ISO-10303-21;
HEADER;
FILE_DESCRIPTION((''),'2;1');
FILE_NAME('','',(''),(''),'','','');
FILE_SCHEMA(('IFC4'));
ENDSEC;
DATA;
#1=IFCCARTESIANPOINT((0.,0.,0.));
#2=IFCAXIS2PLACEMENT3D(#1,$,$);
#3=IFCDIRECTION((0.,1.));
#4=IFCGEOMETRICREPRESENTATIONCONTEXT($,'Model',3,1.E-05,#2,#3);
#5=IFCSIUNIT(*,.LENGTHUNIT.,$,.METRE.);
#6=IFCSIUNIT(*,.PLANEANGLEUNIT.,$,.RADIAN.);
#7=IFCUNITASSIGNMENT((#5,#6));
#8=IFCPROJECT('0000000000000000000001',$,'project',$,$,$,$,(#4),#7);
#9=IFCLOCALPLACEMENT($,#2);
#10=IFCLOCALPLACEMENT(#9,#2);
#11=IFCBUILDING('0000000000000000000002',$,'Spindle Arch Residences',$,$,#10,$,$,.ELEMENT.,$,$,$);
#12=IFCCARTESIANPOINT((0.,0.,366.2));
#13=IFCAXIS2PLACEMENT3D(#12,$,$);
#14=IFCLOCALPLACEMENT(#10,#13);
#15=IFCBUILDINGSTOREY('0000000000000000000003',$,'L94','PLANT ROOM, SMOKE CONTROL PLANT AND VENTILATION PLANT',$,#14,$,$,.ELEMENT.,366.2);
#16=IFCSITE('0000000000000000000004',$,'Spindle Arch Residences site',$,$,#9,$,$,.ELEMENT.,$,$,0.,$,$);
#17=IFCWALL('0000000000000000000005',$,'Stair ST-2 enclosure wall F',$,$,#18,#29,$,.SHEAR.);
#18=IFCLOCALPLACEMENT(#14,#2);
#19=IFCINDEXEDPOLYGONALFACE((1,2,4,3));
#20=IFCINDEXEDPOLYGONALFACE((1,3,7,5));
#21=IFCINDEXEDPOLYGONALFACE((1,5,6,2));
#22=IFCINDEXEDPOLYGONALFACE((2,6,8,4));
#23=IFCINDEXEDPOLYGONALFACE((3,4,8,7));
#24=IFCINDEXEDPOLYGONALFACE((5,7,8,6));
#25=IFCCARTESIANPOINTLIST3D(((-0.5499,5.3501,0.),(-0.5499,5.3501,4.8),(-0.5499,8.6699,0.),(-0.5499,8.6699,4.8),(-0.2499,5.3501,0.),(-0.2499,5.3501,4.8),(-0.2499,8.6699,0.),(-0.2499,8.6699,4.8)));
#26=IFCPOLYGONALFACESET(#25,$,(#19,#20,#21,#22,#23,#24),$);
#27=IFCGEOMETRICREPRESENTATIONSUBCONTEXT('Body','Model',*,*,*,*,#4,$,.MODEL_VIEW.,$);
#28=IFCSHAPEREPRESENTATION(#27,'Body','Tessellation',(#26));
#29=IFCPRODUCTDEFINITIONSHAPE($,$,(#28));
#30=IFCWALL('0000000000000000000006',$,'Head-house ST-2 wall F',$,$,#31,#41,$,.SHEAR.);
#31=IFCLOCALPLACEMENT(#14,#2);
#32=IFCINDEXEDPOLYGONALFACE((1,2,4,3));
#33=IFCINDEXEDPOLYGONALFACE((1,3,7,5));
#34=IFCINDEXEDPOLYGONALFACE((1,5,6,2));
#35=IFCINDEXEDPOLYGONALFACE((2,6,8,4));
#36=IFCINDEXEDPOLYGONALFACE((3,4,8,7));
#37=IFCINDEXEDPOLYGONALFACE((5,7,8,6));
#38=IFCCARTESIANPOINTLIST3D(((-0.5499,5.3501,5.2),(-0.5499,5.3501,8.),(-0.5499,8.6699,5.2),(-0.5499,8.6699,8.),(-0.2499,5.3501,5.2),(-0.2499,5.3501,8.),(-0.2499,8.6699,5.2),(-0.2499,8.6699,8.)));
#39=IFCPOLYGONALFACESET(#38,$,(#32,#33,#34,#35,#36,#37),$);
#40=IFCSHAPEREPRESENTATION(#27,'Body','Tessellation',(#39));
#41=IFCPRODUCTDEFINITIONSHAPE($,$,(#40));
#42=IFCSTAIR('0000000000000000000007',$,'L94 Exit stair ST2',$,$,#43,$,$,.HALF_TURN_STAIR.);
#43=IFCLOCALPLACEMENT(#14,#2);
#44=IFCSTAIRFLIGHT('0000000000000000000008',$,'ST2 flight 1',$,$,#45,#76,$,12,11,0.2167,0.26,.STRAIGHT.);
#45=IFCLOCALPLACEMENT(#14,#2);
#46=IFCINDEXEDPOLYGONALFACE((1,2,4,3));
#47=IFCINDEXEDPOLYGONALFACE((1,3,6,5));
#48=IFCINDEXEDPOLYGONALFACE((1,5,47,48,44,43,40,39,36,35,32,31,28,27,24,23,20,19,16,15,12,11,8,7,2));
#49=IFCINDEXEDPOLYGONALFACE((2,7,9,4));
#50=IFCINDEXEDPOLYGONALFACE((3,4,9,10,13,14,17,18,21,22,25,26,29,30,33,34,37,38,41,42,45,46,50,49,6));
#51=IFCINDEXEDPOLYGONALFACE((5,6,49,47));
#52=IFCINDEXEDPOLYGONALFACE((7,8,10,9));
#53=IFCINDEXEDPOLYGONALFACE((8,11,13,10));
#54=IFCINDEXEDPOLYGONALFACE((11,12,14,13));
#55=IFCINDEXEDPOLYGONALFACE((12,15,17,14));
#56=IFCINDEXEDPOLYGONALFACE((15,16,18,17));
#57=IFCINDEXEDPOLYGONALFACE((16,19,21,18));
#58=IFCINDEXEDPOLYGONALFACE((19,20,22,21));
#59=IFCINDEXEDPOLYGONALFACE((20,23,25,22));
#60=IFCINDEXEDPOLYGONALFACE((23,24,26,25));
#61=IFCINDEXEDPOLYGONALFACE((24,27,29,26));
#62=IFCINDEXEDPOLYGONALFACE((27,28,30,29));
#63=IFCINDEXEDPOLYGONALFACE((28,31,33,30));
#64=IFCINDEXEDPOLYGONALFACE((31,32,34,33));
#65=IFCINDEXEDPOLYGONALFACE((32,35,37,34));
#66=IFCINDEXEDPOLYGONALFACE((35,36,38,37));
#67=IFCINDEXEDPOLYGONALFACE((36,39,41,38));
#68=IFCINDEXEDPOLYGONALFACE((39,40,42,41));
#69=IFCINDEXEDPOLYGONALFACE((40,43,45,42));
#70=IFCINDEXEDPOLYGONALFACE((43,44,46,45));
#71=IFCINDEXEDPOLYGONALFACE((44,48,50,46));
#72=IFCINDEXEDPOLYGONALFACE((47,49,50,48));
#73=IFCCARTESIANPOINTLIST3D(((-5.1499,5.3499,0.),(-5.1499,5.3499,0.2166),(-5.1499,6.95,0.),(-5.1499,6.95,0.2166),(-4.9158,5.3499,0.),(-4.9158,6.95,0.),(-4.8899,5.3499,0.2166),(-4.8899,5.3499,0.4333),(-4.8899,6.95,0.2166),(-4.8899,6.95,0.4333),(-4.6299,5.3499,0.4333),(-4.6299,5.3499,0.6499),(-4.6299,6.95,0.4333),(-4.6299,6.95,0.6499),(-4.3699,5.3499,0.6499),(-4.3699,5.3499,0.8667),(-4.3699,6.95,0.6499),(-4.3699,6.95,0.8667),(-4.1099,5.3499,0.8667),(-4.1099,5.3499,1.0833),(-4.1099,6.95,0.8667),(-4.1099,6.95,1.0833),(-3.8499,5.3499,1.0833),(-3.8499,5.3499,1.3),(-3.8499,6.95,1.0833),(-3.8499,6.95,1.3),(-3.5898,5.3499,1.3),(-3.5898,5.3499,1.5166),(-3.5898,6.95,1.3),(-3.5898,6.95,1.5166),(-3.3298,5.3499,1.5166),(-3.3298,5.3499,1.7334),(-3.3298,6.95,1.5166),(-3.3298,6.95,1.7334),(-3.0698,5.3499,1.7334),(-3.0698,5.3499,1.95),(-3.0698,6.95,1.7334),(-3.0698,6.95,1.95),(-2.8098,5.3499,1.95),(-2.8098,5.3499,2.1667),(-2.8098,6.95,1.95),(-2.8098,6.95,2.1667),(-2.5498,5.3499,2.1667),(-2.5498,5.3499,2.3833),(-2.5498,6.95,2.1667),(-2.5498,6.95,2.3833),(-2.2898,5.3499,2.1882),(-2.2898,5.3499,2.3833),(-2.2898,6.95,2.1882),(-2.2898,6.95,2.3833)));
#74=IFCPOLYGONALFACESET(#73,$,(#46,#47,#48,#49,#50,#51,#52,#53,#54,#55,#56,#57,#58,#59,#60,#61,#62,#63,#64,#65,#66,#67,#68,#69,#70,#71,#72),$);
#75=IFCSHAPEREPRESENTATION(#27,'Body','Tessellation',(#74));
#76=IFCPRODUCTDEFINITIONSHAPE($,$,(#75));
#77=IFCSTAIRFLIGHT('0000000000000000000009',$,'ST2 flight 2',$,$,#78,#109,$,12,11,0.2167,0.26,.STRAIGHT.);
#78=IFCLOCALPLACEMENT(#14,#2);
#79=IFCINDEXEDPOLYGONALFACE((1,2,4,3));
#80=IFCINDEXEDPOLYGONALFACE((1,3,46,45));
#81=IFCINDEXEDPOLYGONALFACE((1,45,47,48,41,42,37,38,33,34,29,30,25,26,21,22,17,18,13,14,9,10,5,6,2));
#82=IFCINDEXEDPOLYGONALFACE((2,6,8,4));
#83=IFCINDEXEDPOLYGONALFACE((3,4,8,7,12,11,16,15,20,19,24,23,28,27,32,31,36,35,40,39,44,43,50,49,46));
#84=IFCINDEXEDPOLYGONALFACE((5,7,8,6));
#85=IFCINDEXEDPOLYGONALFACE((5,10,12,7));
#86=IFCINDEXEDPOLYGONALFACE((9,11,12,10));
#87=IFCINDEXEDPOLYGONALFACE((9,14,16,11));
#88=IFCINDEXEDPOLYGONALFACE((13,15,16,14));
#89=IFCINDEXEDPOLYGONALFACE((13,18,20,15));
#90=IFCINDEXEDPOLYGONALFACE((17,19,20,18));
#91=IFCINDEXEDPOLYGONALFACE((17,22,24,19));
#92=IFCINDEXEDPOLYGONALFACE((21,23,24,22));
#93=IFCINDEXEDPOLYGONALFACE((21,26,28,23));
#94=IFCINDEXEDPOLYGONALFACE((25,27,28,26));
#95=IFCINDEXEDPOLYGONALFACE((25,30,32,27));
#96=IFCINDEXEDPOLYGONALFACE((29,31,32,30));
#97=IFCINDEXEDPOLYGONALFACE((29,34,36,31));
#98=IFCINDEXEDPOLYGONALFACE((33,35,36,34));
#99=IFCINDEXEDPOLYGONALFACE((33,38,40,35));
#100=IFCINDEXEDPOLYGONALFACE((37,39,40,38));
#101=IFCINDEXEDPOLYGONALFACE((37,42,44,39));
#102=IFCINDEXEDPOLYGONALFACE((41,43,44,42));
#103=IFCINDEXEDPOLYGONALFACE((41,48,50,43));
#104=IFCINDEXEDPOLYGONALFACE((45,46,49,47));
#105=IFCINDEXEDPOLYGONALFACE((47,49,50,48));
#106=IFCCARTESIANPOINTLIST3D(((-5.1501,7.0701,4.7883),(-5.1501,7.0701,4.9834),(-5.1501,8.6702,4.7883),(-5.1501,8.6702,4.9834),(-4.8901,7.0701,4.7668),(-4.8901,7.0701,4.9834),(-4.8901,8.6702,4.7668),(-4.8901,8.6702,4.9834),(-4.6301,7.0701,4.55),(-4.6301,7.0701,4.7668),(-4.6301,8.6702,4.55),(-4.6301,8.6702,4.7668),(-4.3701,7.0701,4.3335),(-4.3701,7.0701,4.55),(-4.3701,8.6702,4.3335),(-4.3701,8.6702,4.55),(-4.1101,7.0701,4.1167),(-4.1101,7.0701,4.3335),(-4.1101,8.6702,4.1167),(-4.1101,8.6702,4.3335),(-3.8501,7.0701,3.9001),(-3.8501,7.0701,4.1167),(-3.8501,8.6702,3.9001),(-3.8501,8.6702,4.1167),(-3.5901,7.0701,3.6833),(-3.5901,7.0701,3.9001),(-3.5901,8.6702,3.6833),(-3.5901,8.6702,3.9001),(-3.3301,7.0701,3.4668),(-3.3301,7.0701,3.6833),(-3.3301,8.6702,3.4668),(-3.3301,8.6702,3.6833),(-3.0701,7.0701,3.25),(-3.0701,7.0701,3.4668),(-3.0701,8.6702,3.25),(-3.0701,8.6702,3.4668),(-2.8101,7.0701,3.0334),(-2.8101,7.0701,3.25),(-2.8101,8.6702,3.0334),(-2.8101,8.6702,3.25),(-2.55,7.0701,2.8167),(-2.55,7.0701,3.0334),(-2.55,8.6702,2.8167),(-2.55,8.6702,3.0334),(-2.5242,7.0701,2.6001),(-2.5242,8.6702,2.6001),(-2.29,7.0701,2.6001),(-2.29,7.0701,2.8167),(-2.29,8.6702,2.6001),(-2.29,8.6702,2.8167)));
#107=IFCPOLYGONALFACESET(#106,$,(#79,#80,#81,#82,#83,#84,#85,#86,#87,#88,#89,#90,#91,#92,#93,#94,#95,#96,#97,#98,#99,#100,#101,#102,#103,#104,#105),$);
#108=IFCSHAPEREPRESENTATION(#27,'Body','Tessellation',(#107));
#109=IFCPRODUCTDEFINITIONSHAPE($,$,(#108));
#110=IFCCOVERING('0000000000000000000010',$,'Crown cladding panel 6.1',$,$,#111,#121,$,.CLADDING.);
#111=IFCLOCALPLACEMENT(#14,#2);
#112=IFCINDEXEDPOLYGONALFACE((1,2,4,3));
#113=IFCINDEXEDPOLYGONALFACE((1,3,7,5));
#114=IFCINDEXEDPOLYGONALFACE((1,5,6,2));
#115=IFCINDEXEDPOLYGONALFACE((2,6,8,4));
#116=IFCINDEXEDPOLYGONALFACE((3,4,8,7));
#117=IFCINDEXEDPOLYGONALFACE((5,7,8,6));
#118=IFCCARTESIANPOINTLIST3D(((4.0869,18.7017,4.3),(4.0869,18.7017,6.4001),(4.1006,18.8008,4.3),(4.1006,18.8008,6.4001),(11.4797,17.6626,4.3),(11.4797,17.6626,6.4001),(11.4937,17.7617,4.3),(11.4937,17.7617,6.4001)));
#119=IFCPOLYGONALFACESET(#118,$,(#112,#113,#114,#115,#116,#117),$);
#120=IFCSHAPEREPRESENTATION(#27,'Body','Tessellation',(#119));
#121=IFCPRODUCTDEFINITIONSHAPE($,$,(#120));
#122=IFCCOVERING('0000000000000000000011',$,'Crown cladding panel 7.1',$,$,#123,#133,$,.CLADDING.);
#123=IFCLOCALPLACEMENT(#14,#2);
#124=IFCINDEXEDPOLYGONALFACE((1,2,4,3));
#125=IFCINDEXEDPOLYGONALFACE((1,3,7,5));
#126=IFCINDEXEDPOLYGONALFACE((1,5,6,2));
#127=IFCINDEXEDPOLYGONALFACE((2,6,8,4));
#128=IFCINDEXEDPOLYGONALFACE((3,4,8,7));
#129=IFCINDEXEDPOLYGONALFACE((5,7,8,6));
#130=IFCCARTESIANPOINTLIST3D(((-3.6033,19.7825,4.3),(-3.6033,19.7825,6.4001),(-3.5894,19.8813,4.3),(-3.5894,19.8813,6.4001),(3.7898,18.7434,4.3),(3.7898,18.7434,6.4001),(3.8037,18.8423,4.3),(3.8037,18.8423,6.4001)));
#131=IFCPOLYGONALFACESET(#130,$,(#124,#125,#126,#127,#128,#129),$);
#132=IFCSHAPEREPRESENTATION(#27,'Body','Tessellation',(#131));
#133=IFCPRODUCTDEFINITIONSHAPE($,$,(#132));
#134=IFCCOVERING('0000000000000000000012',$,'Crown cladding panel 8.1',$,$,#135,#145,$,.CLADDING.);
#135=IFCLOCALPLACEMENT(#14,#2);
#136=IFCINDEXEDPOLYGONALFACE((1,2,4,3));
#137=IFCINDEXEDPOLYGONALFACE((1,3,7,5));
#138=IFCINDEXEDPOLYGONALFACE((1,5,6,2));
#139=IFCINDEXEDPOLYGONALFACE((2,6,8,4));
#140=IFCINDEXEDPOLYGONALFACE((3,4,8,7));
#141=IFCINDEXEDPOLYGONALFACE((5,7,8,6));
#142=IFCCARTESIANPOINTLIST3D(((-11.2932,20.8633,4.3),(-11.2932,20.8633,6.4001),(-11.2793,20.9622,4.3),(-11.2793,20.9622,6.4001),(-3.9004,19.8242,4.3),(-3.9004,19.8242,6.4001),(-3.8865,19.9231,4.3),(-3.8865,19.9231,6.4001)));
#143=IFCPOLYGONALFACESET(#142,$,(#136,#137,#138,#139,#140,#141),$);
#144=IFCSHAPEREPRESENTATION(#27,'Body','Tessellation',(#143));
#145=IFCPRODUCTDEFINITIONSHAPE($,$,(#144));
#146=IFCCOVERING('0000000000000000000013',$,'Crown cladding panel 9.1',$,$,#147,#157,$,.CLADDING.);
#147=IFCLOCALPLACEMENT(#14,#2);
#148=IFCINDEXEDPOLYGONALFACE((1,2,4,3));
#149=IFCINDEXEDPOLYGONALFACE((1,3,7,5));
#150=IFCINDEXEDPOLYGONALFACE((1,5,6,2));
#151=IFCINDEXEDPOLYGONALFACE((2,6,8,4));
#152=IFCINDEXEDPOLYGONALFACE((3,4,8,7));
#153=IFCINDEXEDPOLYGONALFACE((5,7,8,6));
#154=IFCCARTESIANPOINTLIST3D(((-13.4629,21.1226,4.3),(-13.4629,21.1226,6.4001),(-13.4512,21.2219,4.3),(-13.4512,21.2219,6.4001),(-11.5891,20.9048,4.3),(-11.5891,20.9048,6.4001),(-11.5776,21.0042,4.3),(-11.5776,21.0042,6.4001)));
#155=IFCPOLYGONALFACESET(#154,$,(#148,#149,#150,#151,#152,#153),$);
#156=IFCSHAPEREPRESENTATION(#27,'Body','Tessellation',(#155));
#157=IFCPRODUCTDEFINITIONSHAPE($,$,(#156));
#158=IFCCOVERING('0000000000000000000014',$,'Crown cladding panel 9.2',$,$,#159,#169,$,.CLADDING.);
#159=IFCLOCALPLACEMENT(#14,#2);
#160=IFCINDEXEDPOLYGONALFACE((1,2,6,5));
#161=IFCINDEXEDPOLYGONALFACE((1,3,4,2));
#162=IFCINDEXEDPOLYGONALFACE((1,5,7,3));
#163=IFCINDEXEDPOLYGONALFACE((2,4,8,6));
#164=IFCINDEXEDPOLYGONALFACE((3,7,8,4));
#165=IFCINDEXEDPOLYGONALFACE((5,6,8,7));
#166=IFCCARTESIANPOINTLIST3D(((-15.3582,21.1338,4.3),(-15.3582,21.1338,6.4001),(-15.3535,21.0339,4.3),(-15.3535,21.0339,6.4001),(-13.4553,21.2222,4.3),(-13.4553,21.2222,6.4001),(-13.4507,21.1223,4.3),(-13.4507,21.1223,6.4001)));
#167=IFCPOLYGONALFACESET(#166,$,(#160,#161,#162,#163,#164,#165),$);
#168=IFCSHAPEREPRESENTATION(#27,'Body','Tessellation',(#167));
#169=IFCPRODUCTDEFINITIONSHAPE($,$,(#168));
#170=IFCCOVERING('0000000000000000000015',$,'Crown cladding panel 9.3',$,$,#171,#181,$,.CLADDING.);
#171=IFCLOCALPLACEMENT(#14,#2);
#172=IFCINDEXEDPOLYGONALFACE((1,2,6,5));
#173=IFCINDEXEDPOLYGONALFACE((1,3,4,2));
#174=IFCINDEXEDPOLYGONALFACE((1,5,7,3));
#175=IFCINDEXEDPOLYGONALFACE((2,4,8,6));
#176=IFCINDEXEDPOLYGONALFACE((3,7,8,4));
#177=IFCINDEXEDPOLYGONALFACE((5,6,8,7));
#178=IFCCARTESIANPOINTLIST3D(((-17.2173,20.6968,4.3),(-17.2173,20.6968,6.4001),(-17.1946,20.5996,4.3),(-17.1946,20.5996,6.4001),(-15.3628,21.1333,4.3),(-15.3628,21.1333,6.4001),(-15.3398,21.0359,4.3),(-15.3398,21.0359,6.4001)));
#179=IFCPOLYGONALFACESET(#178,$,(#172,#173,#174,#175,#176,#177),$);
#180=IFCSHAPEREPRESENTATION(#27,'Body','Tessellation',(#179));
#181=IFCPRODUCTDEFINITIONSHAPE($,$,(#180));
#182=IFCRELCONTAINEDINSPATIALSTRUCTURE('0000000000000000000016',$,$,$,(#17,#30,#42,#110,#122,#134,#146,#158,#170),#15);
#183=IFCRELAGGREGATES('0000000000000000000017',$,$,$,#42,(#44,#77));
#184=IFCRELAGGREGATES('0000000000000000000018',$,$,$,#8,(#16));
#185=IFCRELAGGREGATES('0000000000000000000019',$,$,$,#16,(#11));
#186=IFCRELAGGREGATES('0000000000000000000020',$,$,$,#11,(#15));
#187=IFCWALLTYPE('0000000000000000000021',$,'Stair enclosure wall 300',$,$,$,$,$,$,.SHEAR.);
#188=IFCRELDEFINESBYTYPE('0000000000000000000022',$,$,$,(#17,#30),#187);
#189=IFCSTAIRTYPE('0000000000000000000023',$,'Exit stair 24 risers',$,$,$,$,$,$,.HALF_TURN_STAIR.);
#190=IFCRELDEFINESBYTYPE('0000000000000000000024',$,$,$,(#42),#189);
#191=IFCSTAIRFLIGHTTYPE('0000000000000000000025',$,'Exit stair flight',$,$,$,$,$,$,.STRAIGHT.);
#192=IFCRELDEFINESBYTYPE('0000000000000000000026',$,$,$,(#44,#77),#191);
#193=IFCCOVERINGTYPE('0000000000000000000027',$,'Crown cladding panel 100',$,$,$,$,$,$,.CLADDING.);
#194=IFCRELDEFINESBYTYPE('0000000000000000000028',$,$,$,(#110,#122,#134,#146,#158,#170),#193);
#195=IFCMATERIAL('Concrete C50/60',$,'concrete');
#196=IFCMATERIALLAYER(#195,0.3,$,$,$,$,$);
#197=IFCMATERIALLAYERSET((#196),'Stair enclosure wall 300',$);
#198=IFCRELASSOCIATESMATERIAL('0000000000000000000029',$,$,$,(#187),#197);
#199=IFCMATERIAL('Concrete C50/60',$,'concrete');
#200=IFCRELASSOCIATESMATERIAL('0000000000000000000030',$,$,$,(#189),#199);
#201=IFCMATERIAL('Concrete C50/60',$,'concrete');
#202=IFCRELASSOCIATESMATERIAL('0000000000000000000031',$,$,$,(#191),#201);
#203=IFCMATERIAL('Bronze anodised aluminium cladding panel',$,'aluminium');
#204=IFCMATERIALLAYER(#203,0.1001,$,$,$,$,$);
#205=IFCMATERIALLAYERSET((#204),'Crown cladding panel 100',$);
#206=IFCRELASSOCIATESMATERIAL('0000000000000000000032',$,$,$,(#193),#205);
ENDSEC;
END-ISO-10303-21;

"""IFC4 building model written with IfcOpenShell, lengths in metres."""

from ifc_helpers import new_model, si_unit, direction, frame, frame_2d, origin, place, context, subcontext, project, spatial, polyline, rectangle, outline, extrude, material, layer, layer_set, type_object, element, aggregate, save


model = new_model("IFC4")

# Units and contexts
model_context = context("Model", 3, precision=1e-05, world=origin(), true_north=direction((0.0, 1.0)))
body_context = subcontext(model_context, "Body", "Model", "MODEL_VIEW")
ifc_project = project(units=[si_unit("LENGTHUNIT", "METRE"), si_unit("PLANEANGLEUNIT", "RADIAN")], contexts=[model_context])

# Site, building, storey
site_placement = place(None, origin())
site = spatial("IfcSite", under=ifc_project, at=site_placement, Name="Spindle Arch Residences site", CompositionType="ELEMENT", RefElevation=0.0)
building_placement = place(site_placement, origin())
building = spatial("IfcBuilding", under=site, at=building_placement, Name="Spindle Arch Residences", CompositionType="ELEMENT")
storey_placement = place(building_placement, frame((0.0, 0.0, 366.2)))
storey = spatial("IfcBuildingStorey", under=building, at=storey_placement, Name="L94", Description="PLANT ROOM, SMOKE CONTROL PLANT AND VENTILATION PLANT", CompositionType="ELEMENT", Elevation=366.2)

# Walls
ifc_material_1 = material(Name="Concrete C50/60", Category="concrete")
ifc_layer_1 = layer(ifc_material_1, 0.3)
ifc_layer_set_1 = layer_set([ifc_layer_1], Name="Stair enclosure wall 300")
wall_type_1 = type_object("IfcWallType", Name="Stair enclosure wall 300", PredefinedType="SHEAR", material=ifc_layer_set_1)
wall_1_placement = place(storey_placement, frame((-0.3999, 5.3501, 0.0), z_axis=(0.0, 0.0, 1.0), x_axis=(0.0, 1.0, 0.0)))
element("IfcWall", 1, at=wall_1_placement, inside=storey, type_object=wall_type_1, Name="Stair ST-2 enclosure wall F", PredefinedType="SHEAR", context=body_context, shape_type="SweptSolid", body=[
    extrude(rectangle(XDim=3.3198, YDim=0.3, at=frame_2d((1.6599, 0.0))), origin(), (0.0, 0.0, 1.0), 4.8),
])
wall_2_placement = place(storey_placement, frame((-0.3999, 5.3501, 5.2), z_axis=(0.0, 0.0, 1.0), x_axis=(0.0, 1.0, 0.0)))
element("IfcWall", 2, at=wall_2_placement, inside=storey, type_object=wall_type_1, Name="Head-house ST-2 wall F", PredefinedType="SHEAR", context=body_context, shape_type="SweptSolid", body=[
    extrude(rectangle(XDim=3.3198, YDim=0.3, at=frame_2d((1.6599, 0.0))), origin(), (0.0, 0.0, 1.0), 2.8),
])

# Stair, stair flights
ifc_material_2 = material(Name="Concrete C50/60", Category="concrete")
stair_type = type_object("IfcStairType", Name="Exit stair 24 risers", PredefinedType="HALF_TURN_STAIR", material=ifc_material_2)
stair_placement = place(storey_placement, origin())
stair = element("IfcStair", 3, at=stair_placement, inside=storey, type_object=stair_type, Name="L94 Exit stair ST2", PredefinedType="HALF_TURN_STAIR")
ifc_material_3 = material(Name="Concrete C50/60", Category="concrete")
stair_flight_type = type_object("IfcStairFlightType", Name="Exit stair flight", PredefinedType="STRAIGHT", material=ifc_material_3)
stair_flight_1_placement = place(storey_placement, frame((-5.1499, 6.1499, 0.0), z_axis=(0.0, 0.0, 1.0), x_axis=(1.0, 0.0, 0.0)))
stair_flight_1 = element("IfcStairFlight", 4, at=stair_flight_1_placement, type_object=stair_flight_type, Name="ST2 flight 1", NumberOfRisers=12, NumberOfTreads=11, PredefinedType="STRAIGHT", RiserHeight=0.2167, TreadLength=0.26, context=body_context, shape_type="SweptSolid", body=[
    extrude(outline(polyline([(0.0, 0.0), (0.0, 0.2166), (0.26, 0.2166), (0.26, 0.4333), (0.52, 0.4333), (0.52, 0.6499), (0.78, 0.6499), (0.78, 0.8667), (1.04, 0.8667), (1.04, 1.0833), (1.3, 1.0833), (1.3, 1.3), (1.5601, 1.3), (1.5601, 1.5166), (1.8201, 1.5166), (1.8201, 1.7334), (2.0801, 1.7334), (2.0801, 1.95), (2.3401, 1.95), (2.3401, 2.1667), (2.6001, 2.1667), (2.6001, 2.3833), (2.8601, 2.3833), (2.8601, 2.6001), (2.8601, 2.1882), (0.2341, 0.0), (0.0, 0.0)])), frame((0.0, 0.8, 0.0), z_axis=(0.0, -1.0, 0.0), x_axis=(1.0, 0.0, 0.0)), (0.0, 0.0, 1.0), 1.6001),
])
stair_flight_2_placement = place(storey_placement, frame((-2.29, 7.8701, 2.6001), z_axis=(0.0, 0.0, 1.0), x_axis=(-1.0, 0.0, 0.0)))
stair_flight_2 = element("IfcStairFlight", 5, at=stair_flight_2_placement, type_object=stair_flight_type, Name="ST2 flight 2", NumberOfRisers=12, NumberOfTreads=11, PredefinedType="STRAIGHT", RiserHeight=0.2167, TreadLength=0.26, context=body_context, shape_type="SweptSolid", body=[
    extrude(outline(polyline([(0.0, 0.0), (0.0, 0.2166), (0.26, 0.2166), (0.26, 0.4333), (0.52, 0.4333), (0.52, 0.6499), (0.78, 0.6499), (0.78, 0.8667), (1.04, 0.8667), (1.04, 1.0833), (1.3, 1.0833), (1.3, 1.3), (1.5601, 1.3), (1.5601, 1.5166), (1.8201, 1.5166), (1.8201, 1.7334), (2.0801, 1.7334), (2.0801, 1.95), (2.3401, 1.95), (2.3401, 2.1667), (2.6001, 2.1667), (2.6001, 2.3833), (2.8601, 2.3833), (2.8601, 2.6001), (2.8601, 2.1882), (0.2341, 0.0), (0.0, 0.0)])), frame((0.0, 0.8, 0.0), z_axis=(0.0, -1.0, 0.0), x_axis=(1.0, 0.0, 0.0)), (0.0, 0.0, 1.0), 1.6001),
])
aggregate(stair, [stair_flight_1, stair_flight_2])

# Coverings
ifc_material_4 = material(Name="Bronze anodised aluminium cladding panel", Category="aluminium")
ifc_layer_2 = layer(ifc_material_4, 0.1001)
ifc_layer_set_2 = layer_set([ifc_layer_2], Name="Crown cladding panel 100")
covering_type = type_object("IfcCoveringType", Name="Crown cladding panel 100", PredefinedType="CLADDING", material=ifc_layer_set_2)
covering_1_placement = place(storey_placement, frame((0.0, 0.0, 4.3)))
element("IfcCovering", 6, at=covering_1_placement, inside=storey, type_object=covering_type, Name="Crown cladding panel 6.1", PredefinedType="CLADDING", context=body_context, shape_type="SweptSolid", body=[
    extrude(outline(polyline([(4.0869, 18.7017), (4.1006, 18.8008), (11.4937, 17.7617), (11.4797, 17.6626), (4.0869, 18.7017)])), origin(), (0.0, 0.0, 1.0), 2.1001),
])
covering_2_placement = place(storey_placement, frame((0.0, 0.0, 4.3)))
element("IfcCovering", 7, at=covering_2_placement, inside=storey, type_object=covering_type, Name="Crown cladding panel 7.1", PredefinedType="CLADDING", context=body_context, shape_type="SweptSolid", body=[
    extrude(outline(polyline([(-3.6033, 19.7825), (-3.5894, 19.8813), (3.8037, 18.8423), (3.7898, 18.7434), (-3.6033, 19.7825)])), origin(), (0.0, 0.0, 1.0), 2.1001),
])
covering_3_placement = place(storey_placement, frame((0.0, 0.0, 4.3)))
element("IfcCovering", 8, at=covering_3_placement, inside=storey, type_object=covering_type, Name="Crown cladding panel 8.1", PredefinedType="CLADDING", context=body_context, shape_type="SweptSolid", body=[
    extrude(outline(polyline([(-11.2932, 20.8633), (-11.2793, 20.9622), (-3.8865, 19.9231), (-3.9004, 19.8242), (-11.2932, 20.8633)])), origin(), (0.0, 0.0, 1.0), 2.1001),
])
covering_4_placement = place(storey_placement, frame((0.0, 0.0, 4.3)))
element("IfcCovering", 9, at=covering_4_placement, inside=storey, type_object=covering_type, Name="Crown cladding panel 9.1", PredefinedType="CLADDING", context=body_context, shape_type="SweptSolid", body=[
    extrude(outline(polyline([(-13.4629, 21.1226), (-13.4512, 21.2219), (-11.5776, 21.0042), (-11.5891, 20.9048), (-13.4629, 21.1226)])), origin(), (0.0, 0.0, 1.0), 2.1001),
])
covering_5_placement = place(storey_placement, frame((0.0, 0.0, 4.3)))
element("IfcCovering", 10, at=covering_5_placement, inside=storey, type_object=covering_type, Name="Crown cladding panel 9.2", PredefinedType="CLADDING", context=body_context, shape_type="SweptSolid", body=[
    extrude(outline(polyline([(-15.3535, 21.0339), (-15.3582, 21.1338), (-13.4553, 21.2222), (-13.4507, 21.1223), (-15.3535, 21.0339)])), origin(), (0.0, 0.0, 1.0), 2.1001),
])
covering_6_placement = place(storey_placement, frame((0.0, 0.0, 4.3)))
element("IfcCovering", 11, at=covering_6_placement, inside=storey, type_object=covering_type, Name="Crown cladding panel 9.3", PredefinedType="CLADDING", context=body_context, shape_type="SweptSolid", body=[
    extrude(outline(polyline([(-17.1946, 20.5996), (-17.2173, 20.6968), (-15.3628, 21.1333), (-15.3398, 21.0359), (-17.1946, 20.5996)])), origin(), (0.0, 0.0, 1.0), 2.1001),
])

save(model, "model.ifc")
